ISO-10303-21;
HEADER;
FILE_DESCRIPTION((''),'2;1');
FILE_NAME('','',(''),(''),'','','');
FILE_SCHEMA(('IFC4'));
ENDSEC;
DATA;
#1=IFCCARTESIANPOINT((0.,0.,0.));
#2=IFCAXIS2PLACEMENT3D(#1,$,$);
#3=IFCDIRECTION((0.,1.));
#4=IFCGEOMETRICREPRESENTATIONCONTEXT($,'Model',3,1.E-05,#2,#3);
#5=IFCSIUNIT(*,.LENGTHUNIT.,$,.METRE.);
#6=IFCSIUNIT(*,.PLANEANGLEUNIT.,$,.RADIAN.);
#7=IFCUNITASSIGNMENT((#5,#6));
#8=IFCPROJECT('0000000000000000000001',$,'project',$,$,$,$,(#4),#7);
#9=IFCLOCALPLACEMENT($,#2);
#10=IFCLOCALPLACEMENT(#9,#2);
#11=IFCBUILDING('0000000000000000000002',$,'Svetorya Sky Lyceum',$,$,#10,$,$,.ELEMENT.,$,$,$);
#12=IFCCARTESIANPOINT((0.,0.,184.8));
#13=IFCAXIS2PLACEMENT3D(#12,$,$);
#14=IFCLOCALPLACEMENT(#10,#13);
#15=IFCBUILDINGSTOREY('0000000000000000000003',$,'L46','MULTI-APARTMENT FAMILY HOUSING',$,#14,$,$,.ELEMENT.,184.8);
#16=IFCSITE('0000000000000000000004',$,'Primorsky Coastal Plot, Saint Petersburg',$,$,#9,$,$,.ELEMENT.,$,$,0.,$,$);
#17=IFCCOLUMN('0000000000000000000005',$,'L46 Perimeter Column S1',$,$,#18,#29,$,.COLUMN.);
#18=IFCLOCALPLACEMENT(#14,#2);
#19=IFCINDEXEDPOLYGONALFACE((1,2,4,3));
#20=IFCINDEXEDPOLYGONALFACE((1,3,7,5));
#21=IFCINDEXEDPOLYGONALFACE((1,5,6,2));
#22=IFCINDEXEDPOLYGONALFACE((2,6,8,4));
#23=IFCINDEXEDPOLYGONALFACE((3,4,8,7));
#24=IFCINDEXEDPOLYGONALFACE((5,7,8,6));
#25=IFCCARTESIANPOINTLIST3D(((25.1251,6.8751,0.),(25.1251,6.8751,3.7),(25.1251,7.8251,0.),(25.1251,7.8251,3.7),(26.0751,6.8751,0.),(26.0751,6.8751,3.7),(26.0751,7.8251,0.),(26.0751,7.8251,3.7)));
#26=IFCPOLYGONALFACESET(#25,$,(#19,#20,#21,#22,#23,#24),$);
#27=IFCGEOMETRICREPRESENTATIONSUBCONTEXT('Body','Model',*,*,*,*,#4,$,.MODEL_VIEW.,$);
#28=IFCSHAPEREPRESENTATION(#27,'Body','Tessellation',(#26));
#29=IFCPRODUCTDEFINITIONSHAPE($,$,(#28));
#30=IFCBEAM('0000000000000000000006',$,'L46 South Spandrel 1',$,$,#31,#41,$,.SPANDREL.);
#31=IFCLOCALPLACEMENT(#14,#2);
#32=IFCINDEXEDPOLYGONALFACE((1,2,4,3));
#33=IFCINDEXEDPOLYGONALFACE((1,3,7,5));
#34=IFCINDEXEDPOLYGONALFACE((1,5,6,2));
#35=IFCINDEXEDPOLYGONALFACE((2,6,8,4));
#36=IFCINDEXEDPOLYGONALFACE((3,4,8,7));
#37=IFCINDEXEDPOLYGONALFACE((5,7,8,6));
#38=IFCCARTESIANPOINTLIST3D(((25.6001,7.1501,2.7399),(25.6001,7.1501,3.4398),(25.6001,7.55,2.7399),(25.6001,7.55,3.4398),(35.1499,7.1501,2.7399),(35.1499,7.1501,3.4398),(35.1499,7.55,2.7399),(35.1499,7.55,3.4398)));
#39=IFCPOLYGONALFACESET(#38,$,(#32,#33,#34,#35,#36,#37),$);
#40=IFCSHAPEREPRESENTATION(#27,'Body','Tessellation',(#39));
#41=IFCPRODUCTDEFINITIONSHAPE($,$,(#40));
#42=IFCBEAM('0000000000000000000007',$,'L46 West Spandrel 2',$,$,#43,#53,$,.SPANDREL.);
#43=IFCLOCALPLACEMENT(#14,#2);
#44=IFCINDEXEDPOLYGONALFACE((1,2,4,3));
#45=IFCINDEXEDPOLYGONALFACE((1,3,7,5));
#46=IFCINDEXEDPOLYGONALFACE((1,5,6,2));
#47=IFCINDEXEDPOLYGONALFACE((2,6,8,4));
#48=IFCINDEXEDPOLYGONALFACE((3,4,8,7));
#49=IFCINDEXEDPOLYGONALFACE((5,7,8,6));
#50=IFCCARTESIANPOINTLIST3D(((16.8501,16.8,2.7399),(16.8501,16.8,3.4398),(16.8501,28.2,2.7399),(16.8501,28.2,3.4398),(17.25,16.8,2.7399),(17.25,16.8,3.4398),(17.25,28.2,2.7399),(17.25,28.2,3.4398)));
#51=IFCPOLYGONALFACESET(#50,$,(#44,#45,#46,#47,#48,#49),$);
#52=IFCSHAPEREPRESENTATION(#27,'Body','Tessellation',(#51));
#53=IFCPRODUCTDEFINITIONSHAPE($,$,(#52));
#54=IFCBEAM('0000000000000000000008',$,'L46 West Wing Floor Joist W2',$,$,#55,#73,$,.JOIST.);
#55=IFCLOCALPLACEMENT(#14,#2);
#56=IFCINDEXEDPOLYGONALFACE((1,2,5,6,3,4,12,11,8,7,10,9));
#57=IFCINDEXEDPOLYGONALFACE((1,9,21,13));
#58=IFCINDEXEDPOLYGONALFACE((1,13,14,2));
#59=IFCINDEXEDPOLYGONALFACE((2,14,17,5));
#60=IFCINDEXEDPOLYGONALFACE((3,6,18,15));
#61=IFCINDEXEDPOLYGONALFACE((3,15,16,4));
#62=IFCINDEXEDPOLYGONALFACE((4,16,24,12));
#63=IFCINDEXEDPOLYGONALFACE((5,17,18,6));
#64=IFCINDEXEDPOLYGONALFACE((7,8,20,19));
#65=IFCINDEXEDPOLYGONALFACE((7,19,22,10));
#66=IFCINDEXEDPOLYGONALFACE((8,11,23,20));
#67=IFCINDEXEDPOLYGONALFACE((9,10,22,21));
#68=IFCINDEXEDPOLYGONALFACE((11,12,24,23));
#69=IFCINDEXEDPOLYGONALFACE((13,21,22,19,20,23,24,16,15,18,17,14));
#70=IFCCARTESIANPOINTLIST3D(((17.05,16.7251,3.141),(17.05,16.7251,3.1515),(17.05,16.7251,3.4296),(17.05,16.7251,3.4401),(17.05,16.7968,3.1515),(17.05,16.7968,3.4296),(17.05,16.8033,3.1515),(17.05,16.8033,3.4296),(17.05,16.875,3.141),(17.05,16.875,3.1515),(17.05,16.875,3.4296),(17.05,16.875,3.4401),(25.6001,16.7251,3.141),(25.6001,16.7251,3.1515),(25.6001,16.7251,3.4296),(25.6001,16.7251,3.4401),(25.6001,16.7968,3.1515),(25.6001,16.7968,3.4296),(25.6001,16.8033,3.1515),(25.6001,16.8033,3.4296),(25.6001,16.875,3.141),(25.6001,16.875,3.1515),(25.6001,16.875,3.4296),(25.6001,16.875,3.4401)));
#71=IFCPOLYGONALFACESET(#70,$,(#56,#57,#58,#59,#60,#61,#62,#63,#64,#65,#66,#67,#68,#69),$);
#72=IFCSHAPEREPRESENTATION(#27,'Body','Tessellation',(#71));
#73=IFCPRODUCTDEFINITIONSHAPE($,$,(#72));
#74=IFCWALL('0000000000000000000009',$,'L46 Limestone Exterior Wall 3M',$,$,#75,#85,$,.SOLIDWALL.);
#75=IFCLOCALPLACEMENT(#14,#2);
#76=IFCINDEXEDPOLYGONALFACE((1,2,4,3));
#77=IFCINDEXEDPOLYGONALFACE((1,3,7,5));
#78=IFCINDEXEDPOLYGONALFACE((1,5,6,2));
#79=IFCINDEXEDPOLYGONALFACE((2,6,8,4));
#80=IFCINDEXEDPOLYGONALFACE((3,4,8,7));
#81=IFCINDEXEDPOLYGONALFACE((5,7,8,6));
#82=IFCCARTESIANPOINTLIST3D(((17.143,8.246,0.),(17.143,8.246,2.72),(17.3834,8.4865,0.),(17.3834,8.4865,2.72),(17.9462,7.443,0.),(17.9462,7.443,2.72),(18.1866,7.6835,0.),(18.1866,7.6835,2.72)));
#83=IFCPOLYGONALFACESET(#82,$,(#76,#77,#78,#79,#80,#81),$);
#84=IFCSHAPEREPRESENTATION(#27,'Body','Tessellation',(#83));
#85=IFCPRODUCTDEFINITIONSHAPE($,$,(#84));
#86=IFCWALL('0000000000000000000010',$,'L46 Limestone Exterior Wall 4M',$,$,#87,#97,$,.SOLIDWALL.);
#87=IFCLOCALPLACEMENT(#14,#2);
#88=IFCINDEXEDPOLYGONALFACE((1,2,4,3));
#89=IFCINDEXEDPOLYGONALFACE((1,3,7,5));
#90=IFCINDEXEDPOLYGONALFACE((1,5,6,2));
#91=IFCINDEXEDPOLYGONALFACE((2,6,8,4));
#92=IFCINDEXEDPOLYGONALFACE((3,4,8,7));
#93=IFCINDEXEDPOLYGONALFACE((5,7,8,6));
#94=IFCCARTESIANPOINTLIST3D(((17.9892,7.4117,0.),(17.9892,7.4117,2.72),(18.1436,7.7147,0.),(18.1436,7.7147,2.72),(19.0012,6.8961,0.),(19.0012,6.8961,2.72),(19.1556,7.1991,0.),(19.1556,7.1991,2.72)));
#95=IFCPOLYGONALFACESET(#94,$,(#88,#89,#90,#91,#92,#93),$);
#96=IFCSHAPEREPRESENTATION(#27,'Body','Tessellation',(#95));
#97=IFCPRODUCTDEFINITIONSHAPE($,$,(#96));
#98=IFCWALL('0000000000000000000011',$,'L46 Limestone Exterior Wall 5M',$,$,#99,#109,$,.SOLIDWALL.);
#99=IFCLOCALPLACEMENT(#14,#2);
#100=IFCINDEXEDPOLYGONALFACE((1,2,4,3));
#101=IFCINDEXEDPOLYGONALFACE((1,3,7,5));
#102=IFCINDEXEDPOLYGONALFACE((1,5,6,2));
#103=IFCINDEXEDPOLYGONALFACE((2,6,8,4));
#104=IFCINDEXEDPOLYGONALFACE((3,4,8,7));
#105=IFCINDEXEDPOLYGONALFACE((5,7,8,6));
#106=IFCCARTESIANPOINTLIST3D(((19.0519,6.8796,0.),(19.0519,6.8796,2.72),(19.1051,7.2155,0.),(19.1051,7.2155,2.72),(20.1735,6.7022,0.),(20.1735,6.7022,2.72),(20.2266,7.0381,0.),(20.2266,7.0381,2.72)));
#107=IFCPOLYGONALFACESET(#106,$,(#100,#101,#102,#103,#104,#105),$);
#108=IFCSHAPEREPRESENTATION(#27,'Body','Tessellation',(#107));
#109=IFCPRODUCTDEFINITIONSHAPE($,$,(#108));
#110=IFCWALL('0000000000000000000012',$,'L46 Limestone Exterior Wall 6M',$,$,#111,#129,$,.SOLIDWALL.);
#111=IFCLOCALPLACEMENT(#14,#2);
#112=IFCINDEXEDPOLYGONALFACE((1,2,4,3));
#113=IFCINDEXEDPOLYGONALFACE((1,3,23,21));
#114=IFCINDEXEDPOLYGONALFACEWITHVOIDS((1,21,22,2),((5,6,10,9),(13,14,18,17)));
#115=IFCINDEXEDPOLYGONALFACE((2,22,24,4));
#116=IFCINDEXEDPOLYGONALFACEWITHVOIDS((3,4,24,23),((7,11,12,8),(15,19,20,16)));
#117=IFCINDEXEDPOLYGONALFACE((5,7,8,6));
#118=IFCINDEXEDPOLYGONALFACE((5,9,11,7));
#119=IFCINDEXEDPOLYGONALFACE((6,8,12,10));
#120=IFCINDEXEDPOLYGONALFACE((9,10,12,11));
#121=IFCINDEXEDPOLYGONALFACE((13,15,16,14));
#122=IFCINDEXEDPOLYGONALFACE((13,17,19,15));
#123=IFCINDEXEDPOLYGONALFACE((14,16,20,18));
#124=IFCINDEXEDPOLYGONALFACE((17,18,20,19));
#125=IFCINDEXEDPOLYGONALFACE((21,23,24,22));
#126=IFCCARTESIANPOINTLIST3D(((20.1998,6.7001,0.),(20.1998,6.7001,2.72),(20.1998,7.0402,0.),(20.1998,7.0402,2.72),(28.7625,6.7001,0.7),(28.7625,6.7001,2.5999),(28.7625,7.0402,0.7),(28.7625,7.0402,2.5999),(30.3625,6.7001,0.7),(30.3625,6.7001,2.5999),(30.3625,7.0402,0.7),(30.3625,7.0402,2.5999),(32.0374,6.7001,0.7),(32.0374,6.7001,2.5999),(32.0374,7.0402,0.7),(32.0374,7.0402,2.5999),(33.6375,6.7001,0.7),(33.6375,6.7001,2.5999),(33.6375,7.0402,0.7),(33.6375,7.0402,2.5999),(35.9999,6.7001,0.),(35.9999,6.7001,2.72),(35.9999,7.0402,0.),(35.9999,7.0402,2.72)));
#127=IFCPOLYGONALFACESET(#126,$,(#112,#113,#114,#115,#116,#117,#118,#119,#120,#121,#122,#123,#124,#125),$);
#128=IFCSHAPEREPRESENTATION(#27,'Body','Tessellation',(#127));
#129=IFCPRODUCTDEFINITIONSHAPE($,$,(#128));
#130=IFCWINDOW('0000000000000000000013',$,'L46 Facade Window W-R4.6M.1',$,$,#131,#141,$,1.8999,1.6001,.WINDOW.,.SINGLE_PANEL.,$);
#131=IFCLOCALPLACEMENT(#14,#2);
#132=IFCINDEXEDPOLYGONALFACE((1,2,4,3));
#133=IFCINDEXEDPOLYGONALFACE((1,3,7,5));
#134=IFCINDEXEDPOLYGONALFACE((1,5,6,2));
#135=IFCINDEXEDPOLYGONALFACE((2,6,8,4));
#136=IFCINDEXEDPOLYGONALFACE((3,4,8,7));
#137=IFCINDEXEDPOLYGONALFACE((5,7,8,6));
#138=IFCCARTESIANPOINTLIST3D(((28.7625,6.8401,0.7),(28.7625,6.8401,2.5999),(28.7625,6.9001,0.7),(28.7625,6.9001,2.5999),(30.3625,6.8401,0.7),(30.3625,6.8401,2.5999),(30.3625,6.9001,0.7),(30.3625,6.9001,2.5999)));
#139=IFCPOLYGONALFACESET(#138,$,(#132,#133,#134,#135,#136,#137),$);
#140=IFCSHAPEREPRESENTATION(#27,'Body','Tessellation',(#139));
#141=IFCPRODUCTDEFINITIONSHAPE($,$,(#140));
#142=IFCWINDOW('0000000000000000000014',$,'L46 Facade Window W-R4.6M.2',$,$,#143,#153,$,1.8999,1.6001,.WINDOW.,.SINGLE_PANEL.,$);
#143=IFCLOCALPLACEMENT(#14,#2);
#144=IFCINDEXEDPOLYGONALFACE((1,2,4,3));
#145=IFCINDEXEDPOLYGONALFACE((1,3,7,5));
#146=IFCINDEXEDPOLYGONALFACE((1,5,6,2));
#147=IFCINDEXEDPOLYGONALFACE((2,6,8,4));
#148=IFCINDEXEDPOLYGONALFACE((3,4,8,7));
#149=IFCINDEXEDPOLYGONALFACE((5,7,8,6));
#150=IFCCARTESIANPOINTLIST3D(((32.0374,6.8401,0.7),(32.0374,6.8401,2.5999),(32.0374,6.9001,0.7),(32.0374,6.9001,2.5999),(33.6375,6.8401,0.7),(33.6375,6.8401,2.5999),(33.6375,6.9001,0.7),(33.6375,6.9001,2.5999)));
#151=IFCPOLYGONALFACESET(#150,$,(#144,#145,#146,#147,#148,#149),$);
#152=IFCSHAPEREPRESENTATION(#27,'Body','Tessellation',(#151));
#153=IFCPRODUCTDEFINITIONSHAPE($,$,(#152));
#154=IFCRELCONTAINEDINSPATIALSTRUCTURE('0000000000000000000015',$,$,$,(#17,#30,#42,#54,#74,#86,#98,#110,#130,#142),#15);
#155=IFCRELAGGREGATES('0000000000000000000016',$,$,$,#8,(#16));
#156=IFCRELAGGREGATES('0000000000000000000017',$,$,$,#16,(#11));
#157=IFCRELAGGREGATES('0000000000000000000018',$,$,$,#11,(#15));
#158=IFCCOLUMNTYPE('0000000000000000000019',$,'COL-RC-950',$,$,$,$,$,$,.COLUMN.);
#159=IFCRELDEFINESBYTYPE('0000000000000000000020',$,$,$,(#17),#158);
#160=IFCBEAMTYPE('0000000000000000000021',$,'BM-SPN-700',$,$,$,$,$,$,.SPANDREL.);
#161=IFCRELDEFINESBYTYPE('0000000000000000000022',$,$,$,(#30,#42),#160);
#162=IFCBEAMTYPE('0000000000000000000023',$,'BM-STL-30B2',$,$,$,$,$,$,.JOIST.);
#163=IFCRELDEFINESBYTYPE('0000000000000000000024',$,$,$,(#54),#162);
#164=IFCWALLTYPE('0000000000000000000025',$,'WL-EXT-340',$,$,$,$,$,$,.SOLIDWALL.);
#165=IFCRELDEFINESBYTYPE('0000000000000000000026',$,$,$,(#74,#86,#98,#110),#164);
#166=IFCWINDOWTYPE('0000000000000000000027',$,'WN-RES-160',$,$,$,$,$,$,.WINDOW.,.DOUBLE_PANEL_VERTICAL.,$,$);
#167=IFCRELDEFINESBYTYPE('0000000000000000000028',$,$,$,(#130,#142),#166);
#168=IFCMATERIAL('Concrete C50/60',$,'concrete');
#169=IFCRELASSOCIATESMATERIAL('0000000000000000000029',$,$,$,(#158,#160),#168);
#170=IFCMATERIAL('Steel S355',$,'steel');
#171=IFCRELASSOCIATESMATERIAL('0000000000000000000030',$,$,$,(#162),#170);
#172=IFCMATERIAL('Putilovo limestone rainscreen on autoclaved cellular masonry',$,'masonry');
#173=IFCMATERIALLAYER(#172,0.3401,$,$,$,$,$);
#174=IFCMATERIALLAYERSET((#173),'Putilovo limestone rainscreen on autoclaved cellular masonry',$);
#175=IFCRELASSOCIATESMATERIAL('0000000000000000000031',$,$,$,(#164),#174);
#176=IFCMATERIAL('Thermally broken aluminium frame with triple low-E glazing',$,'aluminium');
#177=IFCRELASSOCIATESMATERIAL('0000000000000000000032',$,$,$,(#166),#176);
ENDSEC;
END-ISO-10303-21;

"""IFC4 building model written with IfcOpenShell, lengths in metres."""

from ifc_helpers import new_model, si_unit, direction, frame, frame_2d, origin, origin_2d, place, context, subcontext, project, spatial, rectangle, i_section, extrude, material, layer, layer_set, material_profile, profile_set, type_object, element, fill, save


model = new_model("IFC4")

# Units and contexts
model_context = context("Model", 3, precision=1e-05, world=origin(), true_north=direction((0.0, 1.0)))
body_context = subcontext(model_context, "Body", "Model", "MODEL_VIEW")
ifc_project = project(units=[si_unit("LENGTHUNIT", "METRE"), si_unit("PLANEANGLEUNIT", "RADIAN")], contexts=[model_context])

# Site, building, storey
site_placement = place(None, origin())
site = spatial("IfcSite", under=ifc_project, at=site_placement, Name="Primorsky Coastal Plot, Saint Petersburg", CompositionType="ELEMENT", RefElevation=0.0)
building_placement = place(site_placement, origin())
building = spatial("IfcBuilding", under=site, at=building_placement, Name="Svetorya Sky Lyceum", CompositionType="ELEMENT")
storey_placement = place(building_placement, frame((0.0, 0.0, 184.8)))
storey = spatial("IfcBuildingStorey", under=building, at=storey_placement, Name="L46", Description="MULTI-APARTMENT FAMILY HOUSING", CompositionType="ELEMENT", Elevation=184.8)

# Column
ifc_material_1 = material(Name="Concrete C50/60", Category="concrete")
ifc_material_profile_1 = material_profile(ifc_material_1, rectangle(XDim=0.95, YDim=0.95, at=origin_2d()), Name="RC COL 950x950")
ifc_profile_set_1 = profile_set([ifc_material_profile_1], Name="Concrete C50/60")
column_type = type_object("IfcColumnType", Name="COL-RC-950", PredefinedType="COLUMN", material=ifc_profile_set_1)
column_placement = place(storey_placement, frame((25.6001, 7.3501, 0.0), z_axis=(0.0, 0.0, 1.0), x_axis=(1.0, 0.0, 0.0)))
element("IfcColumn", 1, at=column_placement, inside=storey, type_object=column_type, Name="L46 Perimeter Column S1", PredefinedType="COLUMN", context=body_context, shape_type="SweptSolid", body=[
    extrude(rectangle(XDim=0.95, YDim=0.95, at=origin_2d()), origin(), (0.0, 0.0, 1.0), 3.7),
])

# Beams
ifc_material_profile_2 = material_profile(ifc_material_1, rectangle(XDim=0.3999, YDim=0.7, at=origin_2d()), Name="RC SPANDREL 400x700")
ifc_profile_set_2 = profile_set([ifc_material_profile_2], Name="Concrete C50/60")
beam_type_1 = type_object("IfcBeamType", Name="BM-SPN-700", PredefinedType="SPANDREL", material=ifc_profile_set_2)
beam_1_placement = place(storey_placement, frame((25.6001, 7.3501, 3.0898), z_axis=(1.0, 0.0, 0.0), x_axis=(0.0, 1.0, 0.0)))
element("IfcBeam", 2, at=beam_1_placement, inside=storey, type_object=beam_type_1, Name="L46 South Spandrel 1", PredefinedType="SPANDREL", context=body_context, shape_type="SweptSolid", body=[
    extrude(rectangle(XDim=0.3999, YDim=0.7, at=origin_2d()), origin(), (0.0, 0.0, 1.0), 9.5498),
])
beam_2_placement = place(storey_placement, frame((17.05, 16.8, 3.0898), z_axis=(0.0, 1.0, 0.0), x_axis=(-1.0, 0.0, 0.0)))
element("IfcBeam", 3, at=beam_2_placement, inside=storey, type_object=beam_type_1, Name="L46 West Spandrel 2", PredefinedType="SPANDREL", context=body_context, shape_type="SweptSolid", body=[
    extrude(rectangle(XDim=0.3999, YDim=0.7, at=origin_2d()), origin(), (0.0, 0.0, 1.0), 11.3999),
])
ifc_material_2 = material(Name="Steel S355", Category="steel")
ifc_material_profile_3 = material_profile(ifc_material_2, i_section(OverallWidth=0.1499, OverallDepth=0.2991, WebThickness=0.0066, FlangeThickness=0.0105, at=origin_2d()), Name="GOST 30B2")
ifc_profile_set_3 = profile_set([ifc_material_profile_3], Name="Steel S355")
beam_type_2 = type_object("IfcBeamType", Name="BM-STL-30B2", PredefinedType="JOIST", material=ifc_profile_set_3)
beam_3_placement = place(storey_placement, frame((17.05, 16.8, 3.2905), z_axis=(1.0, 0.0, 0.0), x_axis=(0.0, 1.0, 0.0)))
element("IfcBeam", 4, at=beam_3_placement, inside=storey, type_object=beam_type_2, Name="L46 West Wing Floor Joist W2", PredefinedType="JOIST", context=body_context, shape_type="SweptSolid", body=[
    extrude(i_section(OverallWidth=0.1499, OverallDepth=0.2991, WebThickness=0.0066, FlangeThickness=0.0105, at=origin_2d()), origin(), (0.0, 0.0, 1.0), 8.55),
])

# Walls
ifc_material_3 = material(Name="Putilovo limestone rainscreen on autoclaved cellular masonry", Category="masonry")
ifc_layer_1 = layer(ifc_material_3, 0.3401)
ifc_layer_set_1 = layer_set([ifc_layer_1], Name="Putilovo limestone rainscreen on autoclaved cellular masonry")
wall_type_1 = type_object("IfcWallType", Name="WL-EXT-340", PredefinedType="SOLIDWALL", material=ifc_layer_set_1)
for number, where, z_axis, x_axis, name in (
    (5, (17.2632, 8.3662, 0.0), (0.0, 0.0, 1.0), (0.707214, -0.706999, 0.0), "L46 Limestone Exterior Wall 3M"),
    (6, (18.0664, 7.5632, 0.0), (0.0, 0.0, 1.0), (0.891005, -0.453993, 0.0), "L46 Limestone Exterior Wall 4M"),
):
    element("IfcWall", number, at=place(storey_placement, frame(where, z_axis=z_axis, x_axis=x_axis)), inside=storey, type_object=wall_type_1, Name=name, PredefinedType="SOLIDWALL", context=body_context, shape_type="SweptSolid", body=[
        extrude(rectangle(XDim=1.1357, YDim=0.3401, at=frame_2d((0.5679, 0.0))), origin(), (0.0, 0.0, 1.0), 2.72),
    ])
wall_1_placement = place(storey_placement, frame((19.0784, 7.0476, 0.0), z_axis=(0.0, 0.0, 1.0), x_axis=(0.987709, -0.156305, 0.0)))
element("IfcWall", 7, at=wall_1_placement, inside=storey, type_object=wall_type_1, Name="L46 Limestone Exterior Wall 5M", PredefinedType="SOLIDWALL", context=body_context, shape_type="SweptSolid", body=[
    extrude(rectangle(XDim=1.1355, YDim=0.3401, at=frame_2d((0.5679, 0.0))), origin(), (0.0, 0.0, 1.0), 2.72),
])

# Wall, openings, windows
wall_2_placement = place(storey_placement, frame((20.2, 6.8701, 0.0), z_axis=(0.0, 0.0, 1.0), x_axis=(1.0, 0.0, 0.0)))
wall_2 = element("IfcWall", 8, at=wall_2_placement, inside=storey, type_object=wall_type_1, Name="L46 Limestone Exterior Wall 6M", PredefinedType="SOLIDWALL", context=body_context, shape_type="SweptSolid", body=[
    extrude(rectangle(XDim=15.8, YDim=0.3401, at=frame_2d((7.8999, 0.0))), origin(), (0.0, 0.0, 1.0), 2.72),
])
opening_1_placement = place(wall_2_placement, frame((8.5625, 0.0, 0.7)))
opening_1 = element("IfcOpeningElement", 9, at=opening_1_placement, cuts=wall_2, PredefinedType="OPENING", context=body_context, shape_type="SweptSolid", body=[
    extrude(rectangle(XDim=1.6001, YDim=1.8999, at=frame_2d((0.8, 0.95))), frame((0.0, 0.1799, 0.0), z_axis=(0.0, -1.0, 0.0), x_axis=(1.0, 0.0, 0.0)), (0.0, 0.0, 1.0), 0.3601),
])
opening_2_placement = place(wall_2_placement, frame((11.8374, 0.0, 0.7)))
opening_2 = element("IfcOpeningElement", 10, at=opening_2_placement, cuts=wall_2, PredefinedType="OPENING", context=body_context, shape_type="SweptSolid", body=[
    extrude(rectangle(XDim=1.6001, YDim=1.8999, at=frame_2d((0.8, 0.95))), frame((0.0, 0.1799, 0.0), z_axis=(0.0, -1.0, 0.0), x_axis=(1.0, 0.0, 0.0)), (0.0, 0.0, 1.0), 0.3601),
])
ifc_material_4 = material(Name="Thermally broken aluminium frame with triple low-E glazing", Category="aluminium")
window_type = type_object("IfcWindowType", Name="WN-RES-160", PartitioningType="DOUBLE_PANEL_VERTICAL", PredefinedType="WINDOW", material=ifc_material_4)
window_1_placement = place(opening_1_placement, origin())
window_1 = element("IfcWindow", 11, at=window_1_placement, inside=storey, type_object=window_type, Name="L46 Facade Window W-R4.6M.1", OverallHeight=1.8999, OverallWidth=1.6001, PartitioningType="SINGLE_PANEL", PredefinedType="WINDOW", context=body_context, shape_type="SweptSolid", body=[
    extrude(rectangle(XDim=1.6001, YDim=1.8999, at=frame_2d((0.8, 0.95))), frame((0.0, 0.03, 0.0), z_axis=(0.0, -1.0, 0.0), x_axis=(1.0, 0.0, 0.0)), (0.0, 0.0, 1.0), 0.0601),
])
fill(opening_1, window_1)
window_2_placement = place(opening_2_placement, origin())
window_2 = element("IfcWindow", 12, at=window_2_placement, inside=storey, type_object=window_type, Name="L46 Facade Window W-R4.6M.2", OverallHeight=1.8999, OverallWidth=1.6001, PartitioningType="SINGLE_PANEL", PredefinedType="WINDOW", context=body_context, shape_type="SweptSolid", body=[
    extrude(rectangle(XDim=1.6001, YDim=1.8999, at=frame_2d((0.8, 0.95))), frame((0.0, 0.03, 0.0), z_axis=(0.0, -1.0, 0.0), x_axis=(1.0, 0.0, 0.0)), (0.0, 0.0, 1.0), 0.0601),
])
fill(opening_2, window_2)

save(model, "model.ifc")
